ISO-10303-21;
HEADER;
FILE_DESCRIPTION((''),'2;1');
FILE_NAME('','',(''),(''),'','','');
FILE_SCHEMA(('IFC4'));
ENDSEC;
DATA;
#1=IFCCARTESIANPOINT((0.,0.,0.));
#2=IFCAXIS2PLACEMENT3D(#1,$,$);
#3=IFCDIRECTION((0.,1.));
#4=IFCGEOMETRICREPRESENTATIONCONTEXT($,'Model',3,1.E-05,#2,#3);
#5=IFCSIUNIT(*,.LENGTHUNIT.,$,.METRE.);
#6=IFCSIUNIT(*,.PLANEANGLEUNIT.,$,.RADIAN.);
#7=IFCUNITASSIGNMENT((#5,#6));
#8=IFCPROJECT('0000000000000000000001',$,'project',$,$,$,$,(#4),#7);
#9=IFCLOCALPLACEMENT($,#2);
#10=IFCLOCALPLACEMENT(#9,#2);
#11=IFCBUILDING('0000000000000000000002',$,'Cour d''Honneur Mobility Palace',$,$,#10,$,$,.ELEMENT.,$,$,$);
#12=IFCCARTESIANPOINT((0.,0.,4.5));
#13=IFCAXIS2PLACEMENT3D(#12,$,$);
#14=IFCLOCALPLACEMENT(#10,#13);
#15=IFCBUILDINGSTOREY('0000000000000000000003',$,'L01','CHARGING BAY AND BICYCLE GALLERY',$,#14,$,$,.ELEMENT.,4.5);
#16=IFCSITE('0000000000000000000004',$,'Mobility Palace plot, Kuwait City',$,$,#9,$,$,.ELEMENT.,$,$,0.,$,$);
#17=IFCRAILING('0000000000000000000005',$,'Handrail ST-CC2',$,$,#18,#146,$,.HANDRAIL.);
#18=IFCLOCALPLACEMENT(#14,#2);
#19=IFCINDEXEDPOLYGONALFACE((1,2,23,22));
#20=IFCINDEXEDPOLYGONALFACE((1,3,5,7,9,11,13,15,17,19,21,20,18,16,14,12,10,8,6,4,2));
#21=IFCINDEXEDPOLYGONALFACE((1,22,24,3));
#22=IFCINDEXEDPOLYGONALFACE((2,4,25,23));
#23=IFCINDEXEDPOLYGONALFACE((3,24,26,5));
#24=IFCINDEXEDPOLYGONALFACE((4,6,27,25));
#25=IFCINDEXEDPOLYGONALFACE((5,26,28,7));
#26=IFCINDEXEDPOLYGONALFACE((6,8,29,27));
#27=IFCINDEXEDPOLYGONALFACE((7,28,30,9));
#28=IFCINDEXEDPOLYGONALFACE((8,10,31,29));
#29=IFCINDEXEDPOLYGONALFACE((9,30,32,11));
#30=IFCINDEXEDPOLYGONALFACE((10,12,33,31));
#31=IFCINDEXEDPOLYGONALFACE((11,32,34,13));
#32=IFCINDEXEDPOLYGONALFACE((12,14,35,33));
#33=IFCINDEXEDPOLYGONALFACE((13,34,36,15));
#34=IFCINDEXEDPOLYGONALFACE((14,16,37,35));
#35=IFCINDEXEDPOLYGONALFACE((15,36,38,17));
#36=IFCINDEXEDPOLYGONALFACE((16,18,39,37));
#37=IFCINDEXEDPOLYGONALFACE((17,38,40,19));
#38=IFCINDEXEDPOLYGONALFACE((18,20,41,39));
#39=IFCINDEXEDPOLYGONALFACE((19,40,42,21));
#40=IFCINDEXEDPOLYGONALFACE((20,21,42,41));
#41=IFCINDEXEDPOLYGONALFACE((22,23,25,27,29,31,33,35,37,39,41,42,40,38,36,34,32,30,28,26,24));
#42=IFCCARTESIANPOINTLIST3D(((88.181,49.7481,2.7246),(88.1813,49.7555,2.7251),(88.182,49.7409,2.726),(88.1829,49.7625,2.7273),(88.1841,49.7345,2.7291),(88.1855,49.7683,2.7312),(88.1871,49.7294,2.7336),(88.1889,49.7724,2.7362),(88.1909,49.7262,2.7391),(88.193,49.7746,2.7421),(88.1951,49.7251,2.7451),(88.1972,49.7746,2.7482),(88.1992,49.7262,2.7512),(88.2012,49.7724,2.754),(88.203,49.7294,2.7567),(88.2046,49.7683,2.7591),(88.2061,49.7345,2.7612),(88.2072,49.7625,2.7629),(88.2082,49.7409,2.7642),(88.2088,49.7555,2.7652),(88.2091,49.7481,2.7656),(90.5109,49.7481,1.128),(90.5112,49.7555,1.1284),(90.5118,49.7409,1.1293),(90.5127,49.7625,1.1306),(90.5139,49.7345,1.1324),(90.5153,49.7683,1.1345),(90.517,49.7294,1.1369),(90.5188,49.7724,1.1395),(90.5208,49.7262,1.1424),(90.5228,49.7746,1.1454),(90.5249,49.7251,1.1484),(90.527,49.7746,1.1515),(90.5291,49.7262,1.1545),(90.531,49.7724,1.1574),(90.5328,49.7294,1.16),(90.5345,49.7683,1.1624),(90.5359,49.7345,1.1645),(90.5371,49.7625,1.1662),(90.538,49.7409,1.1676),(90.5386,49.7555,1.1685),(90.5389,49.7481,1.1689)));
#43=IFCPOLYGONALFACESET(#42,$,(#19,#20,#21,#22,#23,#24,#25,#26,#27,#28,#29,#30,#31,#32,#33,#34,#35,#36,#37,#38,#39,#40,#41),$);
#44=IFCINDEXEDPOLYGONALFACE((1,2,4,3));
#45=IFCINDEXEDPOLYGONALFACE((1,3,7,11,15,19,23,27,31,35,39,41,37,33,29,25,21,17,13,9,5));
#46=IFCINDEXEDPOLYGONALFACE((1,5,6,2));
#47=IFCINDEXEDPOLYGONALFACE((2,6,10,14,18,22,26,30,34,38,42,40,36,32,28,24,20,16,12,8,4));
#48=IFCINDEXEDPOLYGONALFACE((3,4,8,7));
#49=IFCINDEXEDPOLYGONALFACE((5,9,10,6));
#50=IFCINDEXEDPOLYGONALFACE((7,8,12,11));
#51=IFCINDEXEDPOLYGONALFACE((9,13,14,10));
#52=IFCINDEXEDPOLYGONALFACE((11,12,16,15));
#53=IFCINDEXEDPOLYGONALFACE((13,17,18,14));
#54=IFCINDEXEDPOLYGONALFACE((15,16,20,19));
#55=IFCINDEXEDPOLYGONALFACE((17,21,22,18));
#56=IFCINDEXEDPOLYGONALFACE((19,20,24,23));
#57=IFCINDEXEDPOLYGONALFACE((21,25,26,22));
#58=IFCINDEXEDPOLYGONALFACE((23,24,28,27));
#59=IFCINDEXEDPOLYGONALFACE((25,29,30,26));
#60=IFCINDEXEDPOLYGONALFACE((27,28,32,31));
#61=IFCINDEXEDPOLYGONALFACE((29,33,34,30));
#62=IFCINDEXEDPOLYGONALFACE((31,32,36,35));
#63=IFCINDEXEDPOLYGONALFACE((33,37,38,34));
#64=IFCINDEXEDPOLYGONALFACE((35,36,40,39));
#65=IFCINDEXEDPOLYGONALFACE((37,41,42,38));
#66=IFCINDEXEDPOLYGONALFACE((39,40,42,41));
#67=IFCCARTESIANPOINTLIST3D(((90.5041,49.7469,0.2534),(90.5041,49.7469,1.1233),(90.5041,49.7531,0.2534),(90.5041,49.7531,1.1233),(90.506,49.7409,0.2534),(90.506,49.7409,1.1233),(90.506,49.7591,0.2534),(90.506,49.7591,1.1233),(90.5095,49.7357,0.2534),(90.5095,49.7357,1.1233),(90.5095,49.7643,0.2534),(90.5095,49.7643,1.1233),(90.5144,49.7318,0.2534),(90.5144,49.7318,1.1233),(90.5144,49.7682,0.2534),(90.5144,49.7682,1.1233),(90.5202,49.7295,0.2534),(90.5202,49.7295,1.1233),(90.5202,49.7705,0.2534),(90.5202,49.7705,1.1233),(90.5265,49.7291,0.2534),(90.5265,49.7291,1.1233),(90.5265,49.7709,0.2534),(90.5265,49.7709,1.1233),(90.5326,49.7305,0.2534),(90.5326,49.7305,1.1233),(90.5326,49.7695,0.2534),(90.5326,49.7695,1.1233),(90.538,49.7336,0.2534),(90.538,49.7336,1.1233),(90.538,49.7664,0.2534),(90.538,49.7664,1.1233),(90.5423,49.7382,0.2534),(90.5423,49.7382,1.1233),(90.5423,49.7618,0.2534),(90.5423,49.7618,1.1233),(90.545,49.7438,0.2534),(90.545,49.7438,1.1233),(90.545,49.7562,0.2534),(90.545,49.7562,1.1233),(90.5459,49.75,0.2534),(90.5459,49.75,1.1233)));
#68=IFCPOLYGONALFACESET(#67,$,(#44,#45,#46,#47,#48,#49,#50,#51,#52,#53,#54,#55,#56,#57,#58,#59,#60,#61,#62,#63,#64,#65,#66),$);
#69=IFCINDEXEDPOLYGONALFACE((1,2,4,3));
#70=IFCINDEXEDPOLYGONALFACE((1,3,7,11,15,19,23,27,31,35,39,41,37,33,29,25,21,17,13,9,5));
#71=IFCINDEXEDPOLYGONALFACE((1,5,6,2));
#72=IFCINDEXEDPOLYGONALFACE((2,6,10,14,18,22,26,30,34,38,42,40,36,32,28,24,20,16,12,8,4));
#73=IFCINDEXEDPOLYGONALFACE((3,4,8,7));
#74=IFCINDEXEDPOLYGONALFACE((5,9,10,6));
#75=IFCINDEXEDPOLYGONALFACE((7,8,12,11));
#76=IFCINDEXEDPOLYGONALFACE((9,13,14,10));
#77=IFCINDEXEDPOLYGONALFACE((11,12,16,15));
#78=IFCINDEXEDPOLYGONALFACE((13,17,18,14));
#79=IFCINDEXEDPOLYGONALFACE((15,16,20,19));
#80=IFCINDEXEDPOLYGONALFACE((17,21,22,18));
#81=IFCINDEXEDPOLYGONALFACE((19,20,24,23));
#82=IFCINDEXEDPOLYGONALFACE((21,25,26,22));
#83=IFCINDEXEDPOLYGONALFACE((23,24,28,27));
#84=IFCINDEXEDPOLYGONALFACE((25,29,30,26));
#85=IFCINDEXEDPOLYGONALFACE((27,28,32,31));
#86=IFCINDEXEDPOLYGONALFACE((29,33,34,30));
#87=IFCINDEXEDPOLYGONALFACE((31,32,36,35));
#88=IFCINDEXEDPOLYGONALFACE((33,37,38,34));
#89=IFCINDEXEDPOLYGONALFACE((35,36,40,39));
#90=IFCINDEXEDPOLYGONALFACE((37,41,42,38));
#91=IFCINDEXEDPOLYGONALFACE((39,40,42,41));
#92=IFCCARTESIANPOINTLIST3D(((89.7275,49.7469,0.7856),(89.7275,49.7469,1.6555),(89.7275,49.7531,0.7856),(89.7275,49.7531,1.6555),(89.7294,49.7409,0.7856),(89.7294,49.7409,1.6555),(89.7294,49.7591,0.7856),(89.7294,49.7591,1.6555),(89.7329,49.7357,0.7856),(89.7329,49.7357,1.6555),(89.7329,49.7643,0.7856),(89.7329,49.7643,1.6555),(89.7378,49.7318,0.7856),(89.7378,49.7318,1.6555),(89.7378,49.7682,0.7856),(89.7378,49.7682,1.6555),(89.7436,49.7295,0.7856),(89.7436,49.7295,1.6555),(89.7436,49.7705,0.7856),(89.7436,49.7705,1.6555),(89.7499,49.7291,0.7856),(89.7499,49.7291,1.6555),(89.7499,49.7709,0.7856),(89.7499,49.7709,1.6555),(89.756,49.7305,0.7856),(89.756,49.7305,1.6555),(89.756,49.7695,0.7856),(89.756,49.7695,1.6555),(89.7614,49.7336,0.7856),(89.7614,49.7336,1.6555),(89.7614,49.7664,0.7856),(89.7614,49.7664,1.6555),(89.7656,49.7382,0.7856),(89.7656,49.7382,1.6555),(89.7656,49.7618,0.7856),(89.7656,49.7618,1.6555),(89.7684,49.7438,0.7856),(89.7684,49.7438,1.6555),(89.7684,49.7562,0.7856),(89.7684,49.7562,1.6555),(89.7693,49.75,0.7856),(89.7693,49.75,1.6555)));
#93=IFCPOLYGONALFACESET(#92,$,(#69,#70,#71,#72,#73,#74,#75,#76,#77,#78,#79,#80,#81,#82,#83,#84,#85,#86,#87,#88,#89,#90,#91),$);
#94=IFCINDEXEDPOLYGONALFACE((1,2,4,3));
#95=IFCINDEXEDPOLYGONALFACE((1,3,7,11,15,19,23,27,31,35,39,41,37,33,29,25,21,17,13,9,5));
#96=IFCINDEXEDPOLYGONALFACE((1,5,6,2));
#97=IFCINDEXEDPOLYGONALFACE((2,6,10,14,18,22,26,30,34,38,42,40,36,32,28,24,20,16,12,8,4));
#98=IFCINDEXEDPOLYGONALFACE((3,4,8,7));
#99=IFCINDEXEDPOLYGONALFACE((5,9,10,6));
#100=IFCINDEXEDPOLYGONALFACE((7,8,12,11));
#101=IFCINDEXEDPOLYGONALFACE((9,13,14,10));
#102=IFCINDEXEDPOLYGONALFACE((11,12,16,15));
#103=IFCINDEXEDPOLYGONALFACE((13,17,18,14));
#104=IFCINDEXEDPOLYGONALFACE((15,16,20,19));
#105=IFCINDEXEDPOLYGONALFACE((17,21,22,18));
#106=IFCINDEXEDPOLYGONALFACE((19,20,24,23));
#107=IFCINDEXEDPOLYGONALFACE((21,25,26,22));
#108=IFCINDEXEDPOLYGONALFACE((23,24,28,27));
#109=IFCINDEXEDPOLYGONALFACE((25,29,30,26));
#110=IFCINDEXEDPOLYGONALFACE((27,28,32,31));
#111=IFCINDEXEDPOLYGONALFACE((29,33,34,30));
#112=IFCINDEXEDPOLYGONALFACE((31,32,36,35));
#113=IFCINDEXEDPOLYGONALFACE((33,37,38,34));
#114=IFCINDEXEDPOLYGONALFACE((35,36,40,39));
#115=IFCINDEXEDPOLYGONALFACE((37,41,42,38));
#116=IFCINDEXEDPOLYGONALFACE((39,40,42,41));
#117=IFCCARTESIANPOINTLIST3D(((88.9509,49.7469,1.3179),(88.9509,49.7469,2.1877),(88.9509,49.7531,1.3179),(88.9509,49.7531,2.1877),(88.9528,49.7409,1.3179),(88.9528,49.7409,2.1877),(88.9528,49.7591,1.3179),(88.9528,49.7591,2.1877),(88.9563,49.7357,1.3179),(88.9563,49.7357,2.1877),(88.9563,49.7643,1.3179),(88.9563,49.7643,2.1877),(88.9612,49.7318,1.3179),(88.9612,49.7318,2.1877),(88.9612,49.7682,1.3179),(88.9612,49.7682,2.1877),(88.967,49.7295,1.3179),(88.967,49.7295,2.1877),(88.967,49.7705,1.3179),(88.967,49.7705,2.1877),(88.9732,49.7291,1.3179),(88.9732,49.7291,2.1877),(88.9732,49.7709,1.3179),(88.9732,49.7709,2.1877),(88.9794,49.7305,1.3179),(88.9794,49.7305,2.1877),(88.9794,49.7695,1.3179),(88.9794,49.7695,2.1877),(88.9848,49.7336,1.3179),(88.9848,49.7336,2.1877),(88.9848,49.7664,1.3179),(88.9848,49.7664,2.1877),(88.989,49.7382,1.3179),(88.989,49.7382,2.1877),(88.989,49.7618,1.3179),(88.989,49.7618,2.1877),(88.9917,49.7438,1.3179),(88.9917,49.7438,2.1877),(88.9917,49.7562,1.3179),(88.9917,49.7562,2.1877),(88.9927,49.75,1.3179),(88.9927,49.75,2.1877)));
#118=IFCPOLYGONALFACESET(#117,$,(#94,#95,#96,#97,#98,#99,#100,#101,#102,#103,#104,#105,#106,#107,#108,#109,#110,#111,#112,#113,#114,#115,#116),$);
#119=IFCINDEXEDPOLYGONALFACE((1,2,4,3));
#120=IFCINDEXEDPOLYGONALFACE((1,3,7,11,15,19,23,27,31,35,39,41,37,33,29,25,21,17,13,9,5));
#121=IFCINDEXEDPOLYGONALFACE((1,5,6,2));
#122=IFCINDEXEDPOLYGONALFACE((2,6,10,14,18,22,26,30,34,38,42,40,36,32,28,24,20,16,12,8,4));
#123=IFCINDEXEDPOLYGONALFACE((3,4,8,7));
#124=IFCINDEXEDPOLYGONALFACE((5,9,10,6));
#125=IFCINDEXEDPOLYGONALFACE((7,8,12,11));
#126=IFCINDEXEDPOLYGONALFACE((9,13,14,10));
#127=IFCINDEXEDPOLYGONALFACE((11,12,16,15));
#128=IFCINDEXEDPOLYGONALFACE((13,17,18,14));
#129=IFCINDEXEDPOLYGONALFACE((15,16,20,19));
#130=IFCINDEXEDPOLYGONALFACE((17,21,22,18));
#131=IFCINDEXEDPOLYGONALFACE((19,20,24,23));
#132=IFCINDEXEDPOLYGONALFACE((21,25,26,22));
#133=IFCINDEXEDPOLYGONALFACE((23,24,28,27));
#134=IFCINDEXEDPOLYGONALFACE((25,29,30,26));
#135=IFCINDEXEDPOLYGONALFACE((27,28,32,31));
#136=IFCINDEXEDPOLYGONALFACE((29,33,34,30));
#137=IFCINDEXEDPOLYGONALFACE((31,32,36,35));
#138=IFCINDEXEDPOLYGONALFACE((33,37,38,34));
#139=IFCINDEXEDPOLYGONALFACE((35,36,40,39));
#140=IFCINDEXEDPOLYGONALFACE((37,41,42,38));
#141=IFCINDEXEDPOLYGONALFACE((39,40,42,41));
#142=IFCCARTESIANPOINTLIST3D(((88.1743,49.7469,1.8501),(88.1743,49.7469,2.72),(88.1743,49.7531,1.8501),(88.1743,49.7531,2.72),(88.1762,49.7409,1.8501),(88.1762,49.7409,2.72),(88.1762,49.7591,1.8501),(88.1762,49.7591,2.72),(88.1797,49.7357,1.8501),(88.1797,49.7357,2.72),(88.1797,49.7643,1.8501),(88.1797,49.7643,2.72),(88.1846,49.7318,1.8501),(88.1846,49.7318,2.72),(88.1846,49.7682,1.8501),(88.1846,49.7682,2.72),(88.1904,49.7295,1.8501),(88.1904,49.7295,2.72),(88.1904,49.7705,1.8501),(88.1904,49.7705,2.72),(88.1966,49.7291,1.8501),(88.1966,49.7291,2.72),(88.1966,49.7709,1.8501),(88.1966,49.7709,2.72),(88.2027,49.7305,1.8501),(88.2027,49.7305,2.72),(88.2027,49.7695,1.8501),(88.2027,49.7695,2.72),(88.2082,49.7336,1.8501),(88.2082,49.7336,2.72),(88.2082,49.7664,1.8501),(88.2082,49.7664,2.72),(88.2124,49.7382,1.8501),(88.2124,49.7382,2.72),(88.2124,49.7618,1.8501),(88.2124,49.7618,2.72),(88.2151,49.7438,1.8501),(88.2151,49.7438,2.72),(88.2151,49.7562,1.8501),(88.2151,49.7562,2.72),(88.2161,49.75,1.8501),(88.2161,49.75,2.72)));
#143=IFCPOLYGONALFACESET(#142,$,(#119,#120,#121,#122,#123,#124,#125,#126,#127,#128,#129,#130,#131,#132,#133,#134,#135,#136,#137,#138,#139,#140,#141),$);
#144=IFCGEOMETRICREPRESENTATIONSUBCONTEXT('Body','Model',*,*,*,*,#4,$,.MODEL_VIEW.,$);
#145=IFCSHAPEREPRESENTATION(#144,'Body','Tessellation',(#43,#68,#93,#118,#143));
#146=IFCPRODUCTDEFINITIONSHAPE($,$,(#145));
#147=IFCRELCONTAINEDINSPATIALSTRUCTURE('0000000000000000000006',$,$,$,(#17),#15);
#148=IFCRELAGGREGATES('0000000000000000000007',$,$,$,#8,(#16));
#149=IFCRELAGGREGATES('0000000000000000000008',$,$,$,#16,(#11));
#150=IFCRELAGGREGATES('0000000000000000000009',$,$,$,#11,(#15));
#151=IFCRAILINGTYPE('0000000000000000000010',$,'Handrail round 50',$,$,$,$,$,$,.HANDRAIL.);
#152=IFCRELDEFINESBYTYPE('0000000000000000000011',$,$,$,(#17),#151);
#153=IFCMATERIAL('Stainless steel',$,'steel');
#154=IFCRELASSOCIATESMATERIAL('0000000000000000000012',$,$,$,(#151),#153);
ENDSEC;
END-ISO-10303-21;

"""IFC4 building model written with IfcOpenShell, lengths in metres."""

from ifc_helpers import new_model, si_unit, direction, frame, origin, origin_2d, place, context, subcontext, project, spatial, circle, extrude, material, type_object, element, save


model = new_model("IFC4")

# Units and contexts
model_context = context("Model", 3, precision=1e-05, world=origin(), true_north=direction((0.0, 1.0)))
body_context = subcontext(model_context, "Body", "Model", "MODEL_VIEW")
ifc_project = project(units=[si_unit("LENGTHUNIT", "METRE"), si_unit("PLANEANGLEUNIT", "RADIAN")], contexts=[model_context])

# Site, building, storey
site_placement = place(None, origin())
site = spatial("IfcSite", under=ifc_project, at=site_placement, Name="Mobility Palace plot, Kuwait City", CompositionType="ELEMENT", RefElevation=0.0)
building_placement = place(site_placement, origin())
building = spatial("IfcBuilding", under=site, at=building_placement, Name="Cour d'Honneur Mobility Palace", CompositionType="ELEMENT")
storey_placement = place(building_placement, frame((0.0, 0.0, 4.5)))
storey = spatial("IfcBuildingStorey", under=building, at=storey_placement, Name="L01", Description="CHARGING BAY AND BICYCLE GALLERY", CompositionType="ELEMENT", Elevation=4.5)

# Railing
ifc_material_1 = material(Name="Stainless steel", Category="steel")
railing_type_1 = type_object("IfcRailingType", Name="Handrail round 50", PredefinedType="HANDRAIL", material=ifc_material_1)
railing_1_placement = place(storey_placement, frame((90.5249, 49.75, 0.2534)))
element("IfcRailing", 1, at=railing_1_placement, inside=storey, type_object=railing_type_1, Name="Handrail ST-CC2", PredefinedType="HANDRAIL", context=body_context, shape_type="SweptSolid", body=[
    extrude(circle(Radius=0.0249, at=origin_2d()), frame((0.0, 0.0, 0.895), z_axis=(-0.824881, 0.0, 0.565307), x_axis=(0.0, -1.0, 0.0)), (0.0, 0.0, 1.0), 2.8245),
    extrude(circle(Radius=0.021, at=origin_2d()), origin(), (0.0, 0.0, 1.0), 0.8699),
    extrude(circle(Radius=0.021, at=origin_2d()), frame((-0.7766, 0.0, 0.5322)), (0.0, 0.0, 1.0), 0.8699),
    extrude(circle(Radius=0.021, at=origin_2d()), frame((-1.5532, 0.0, 1.0645)), (0.0, 0.0, 1.0), 0.8699),
    extrude(circle(Radius=0.021, at=origin_2d()), frame((-2.3298, 0.0, 1.5967)), (0.0, 0.0, 1.0), 0.8699),
])

save(model, "model.ifc")
